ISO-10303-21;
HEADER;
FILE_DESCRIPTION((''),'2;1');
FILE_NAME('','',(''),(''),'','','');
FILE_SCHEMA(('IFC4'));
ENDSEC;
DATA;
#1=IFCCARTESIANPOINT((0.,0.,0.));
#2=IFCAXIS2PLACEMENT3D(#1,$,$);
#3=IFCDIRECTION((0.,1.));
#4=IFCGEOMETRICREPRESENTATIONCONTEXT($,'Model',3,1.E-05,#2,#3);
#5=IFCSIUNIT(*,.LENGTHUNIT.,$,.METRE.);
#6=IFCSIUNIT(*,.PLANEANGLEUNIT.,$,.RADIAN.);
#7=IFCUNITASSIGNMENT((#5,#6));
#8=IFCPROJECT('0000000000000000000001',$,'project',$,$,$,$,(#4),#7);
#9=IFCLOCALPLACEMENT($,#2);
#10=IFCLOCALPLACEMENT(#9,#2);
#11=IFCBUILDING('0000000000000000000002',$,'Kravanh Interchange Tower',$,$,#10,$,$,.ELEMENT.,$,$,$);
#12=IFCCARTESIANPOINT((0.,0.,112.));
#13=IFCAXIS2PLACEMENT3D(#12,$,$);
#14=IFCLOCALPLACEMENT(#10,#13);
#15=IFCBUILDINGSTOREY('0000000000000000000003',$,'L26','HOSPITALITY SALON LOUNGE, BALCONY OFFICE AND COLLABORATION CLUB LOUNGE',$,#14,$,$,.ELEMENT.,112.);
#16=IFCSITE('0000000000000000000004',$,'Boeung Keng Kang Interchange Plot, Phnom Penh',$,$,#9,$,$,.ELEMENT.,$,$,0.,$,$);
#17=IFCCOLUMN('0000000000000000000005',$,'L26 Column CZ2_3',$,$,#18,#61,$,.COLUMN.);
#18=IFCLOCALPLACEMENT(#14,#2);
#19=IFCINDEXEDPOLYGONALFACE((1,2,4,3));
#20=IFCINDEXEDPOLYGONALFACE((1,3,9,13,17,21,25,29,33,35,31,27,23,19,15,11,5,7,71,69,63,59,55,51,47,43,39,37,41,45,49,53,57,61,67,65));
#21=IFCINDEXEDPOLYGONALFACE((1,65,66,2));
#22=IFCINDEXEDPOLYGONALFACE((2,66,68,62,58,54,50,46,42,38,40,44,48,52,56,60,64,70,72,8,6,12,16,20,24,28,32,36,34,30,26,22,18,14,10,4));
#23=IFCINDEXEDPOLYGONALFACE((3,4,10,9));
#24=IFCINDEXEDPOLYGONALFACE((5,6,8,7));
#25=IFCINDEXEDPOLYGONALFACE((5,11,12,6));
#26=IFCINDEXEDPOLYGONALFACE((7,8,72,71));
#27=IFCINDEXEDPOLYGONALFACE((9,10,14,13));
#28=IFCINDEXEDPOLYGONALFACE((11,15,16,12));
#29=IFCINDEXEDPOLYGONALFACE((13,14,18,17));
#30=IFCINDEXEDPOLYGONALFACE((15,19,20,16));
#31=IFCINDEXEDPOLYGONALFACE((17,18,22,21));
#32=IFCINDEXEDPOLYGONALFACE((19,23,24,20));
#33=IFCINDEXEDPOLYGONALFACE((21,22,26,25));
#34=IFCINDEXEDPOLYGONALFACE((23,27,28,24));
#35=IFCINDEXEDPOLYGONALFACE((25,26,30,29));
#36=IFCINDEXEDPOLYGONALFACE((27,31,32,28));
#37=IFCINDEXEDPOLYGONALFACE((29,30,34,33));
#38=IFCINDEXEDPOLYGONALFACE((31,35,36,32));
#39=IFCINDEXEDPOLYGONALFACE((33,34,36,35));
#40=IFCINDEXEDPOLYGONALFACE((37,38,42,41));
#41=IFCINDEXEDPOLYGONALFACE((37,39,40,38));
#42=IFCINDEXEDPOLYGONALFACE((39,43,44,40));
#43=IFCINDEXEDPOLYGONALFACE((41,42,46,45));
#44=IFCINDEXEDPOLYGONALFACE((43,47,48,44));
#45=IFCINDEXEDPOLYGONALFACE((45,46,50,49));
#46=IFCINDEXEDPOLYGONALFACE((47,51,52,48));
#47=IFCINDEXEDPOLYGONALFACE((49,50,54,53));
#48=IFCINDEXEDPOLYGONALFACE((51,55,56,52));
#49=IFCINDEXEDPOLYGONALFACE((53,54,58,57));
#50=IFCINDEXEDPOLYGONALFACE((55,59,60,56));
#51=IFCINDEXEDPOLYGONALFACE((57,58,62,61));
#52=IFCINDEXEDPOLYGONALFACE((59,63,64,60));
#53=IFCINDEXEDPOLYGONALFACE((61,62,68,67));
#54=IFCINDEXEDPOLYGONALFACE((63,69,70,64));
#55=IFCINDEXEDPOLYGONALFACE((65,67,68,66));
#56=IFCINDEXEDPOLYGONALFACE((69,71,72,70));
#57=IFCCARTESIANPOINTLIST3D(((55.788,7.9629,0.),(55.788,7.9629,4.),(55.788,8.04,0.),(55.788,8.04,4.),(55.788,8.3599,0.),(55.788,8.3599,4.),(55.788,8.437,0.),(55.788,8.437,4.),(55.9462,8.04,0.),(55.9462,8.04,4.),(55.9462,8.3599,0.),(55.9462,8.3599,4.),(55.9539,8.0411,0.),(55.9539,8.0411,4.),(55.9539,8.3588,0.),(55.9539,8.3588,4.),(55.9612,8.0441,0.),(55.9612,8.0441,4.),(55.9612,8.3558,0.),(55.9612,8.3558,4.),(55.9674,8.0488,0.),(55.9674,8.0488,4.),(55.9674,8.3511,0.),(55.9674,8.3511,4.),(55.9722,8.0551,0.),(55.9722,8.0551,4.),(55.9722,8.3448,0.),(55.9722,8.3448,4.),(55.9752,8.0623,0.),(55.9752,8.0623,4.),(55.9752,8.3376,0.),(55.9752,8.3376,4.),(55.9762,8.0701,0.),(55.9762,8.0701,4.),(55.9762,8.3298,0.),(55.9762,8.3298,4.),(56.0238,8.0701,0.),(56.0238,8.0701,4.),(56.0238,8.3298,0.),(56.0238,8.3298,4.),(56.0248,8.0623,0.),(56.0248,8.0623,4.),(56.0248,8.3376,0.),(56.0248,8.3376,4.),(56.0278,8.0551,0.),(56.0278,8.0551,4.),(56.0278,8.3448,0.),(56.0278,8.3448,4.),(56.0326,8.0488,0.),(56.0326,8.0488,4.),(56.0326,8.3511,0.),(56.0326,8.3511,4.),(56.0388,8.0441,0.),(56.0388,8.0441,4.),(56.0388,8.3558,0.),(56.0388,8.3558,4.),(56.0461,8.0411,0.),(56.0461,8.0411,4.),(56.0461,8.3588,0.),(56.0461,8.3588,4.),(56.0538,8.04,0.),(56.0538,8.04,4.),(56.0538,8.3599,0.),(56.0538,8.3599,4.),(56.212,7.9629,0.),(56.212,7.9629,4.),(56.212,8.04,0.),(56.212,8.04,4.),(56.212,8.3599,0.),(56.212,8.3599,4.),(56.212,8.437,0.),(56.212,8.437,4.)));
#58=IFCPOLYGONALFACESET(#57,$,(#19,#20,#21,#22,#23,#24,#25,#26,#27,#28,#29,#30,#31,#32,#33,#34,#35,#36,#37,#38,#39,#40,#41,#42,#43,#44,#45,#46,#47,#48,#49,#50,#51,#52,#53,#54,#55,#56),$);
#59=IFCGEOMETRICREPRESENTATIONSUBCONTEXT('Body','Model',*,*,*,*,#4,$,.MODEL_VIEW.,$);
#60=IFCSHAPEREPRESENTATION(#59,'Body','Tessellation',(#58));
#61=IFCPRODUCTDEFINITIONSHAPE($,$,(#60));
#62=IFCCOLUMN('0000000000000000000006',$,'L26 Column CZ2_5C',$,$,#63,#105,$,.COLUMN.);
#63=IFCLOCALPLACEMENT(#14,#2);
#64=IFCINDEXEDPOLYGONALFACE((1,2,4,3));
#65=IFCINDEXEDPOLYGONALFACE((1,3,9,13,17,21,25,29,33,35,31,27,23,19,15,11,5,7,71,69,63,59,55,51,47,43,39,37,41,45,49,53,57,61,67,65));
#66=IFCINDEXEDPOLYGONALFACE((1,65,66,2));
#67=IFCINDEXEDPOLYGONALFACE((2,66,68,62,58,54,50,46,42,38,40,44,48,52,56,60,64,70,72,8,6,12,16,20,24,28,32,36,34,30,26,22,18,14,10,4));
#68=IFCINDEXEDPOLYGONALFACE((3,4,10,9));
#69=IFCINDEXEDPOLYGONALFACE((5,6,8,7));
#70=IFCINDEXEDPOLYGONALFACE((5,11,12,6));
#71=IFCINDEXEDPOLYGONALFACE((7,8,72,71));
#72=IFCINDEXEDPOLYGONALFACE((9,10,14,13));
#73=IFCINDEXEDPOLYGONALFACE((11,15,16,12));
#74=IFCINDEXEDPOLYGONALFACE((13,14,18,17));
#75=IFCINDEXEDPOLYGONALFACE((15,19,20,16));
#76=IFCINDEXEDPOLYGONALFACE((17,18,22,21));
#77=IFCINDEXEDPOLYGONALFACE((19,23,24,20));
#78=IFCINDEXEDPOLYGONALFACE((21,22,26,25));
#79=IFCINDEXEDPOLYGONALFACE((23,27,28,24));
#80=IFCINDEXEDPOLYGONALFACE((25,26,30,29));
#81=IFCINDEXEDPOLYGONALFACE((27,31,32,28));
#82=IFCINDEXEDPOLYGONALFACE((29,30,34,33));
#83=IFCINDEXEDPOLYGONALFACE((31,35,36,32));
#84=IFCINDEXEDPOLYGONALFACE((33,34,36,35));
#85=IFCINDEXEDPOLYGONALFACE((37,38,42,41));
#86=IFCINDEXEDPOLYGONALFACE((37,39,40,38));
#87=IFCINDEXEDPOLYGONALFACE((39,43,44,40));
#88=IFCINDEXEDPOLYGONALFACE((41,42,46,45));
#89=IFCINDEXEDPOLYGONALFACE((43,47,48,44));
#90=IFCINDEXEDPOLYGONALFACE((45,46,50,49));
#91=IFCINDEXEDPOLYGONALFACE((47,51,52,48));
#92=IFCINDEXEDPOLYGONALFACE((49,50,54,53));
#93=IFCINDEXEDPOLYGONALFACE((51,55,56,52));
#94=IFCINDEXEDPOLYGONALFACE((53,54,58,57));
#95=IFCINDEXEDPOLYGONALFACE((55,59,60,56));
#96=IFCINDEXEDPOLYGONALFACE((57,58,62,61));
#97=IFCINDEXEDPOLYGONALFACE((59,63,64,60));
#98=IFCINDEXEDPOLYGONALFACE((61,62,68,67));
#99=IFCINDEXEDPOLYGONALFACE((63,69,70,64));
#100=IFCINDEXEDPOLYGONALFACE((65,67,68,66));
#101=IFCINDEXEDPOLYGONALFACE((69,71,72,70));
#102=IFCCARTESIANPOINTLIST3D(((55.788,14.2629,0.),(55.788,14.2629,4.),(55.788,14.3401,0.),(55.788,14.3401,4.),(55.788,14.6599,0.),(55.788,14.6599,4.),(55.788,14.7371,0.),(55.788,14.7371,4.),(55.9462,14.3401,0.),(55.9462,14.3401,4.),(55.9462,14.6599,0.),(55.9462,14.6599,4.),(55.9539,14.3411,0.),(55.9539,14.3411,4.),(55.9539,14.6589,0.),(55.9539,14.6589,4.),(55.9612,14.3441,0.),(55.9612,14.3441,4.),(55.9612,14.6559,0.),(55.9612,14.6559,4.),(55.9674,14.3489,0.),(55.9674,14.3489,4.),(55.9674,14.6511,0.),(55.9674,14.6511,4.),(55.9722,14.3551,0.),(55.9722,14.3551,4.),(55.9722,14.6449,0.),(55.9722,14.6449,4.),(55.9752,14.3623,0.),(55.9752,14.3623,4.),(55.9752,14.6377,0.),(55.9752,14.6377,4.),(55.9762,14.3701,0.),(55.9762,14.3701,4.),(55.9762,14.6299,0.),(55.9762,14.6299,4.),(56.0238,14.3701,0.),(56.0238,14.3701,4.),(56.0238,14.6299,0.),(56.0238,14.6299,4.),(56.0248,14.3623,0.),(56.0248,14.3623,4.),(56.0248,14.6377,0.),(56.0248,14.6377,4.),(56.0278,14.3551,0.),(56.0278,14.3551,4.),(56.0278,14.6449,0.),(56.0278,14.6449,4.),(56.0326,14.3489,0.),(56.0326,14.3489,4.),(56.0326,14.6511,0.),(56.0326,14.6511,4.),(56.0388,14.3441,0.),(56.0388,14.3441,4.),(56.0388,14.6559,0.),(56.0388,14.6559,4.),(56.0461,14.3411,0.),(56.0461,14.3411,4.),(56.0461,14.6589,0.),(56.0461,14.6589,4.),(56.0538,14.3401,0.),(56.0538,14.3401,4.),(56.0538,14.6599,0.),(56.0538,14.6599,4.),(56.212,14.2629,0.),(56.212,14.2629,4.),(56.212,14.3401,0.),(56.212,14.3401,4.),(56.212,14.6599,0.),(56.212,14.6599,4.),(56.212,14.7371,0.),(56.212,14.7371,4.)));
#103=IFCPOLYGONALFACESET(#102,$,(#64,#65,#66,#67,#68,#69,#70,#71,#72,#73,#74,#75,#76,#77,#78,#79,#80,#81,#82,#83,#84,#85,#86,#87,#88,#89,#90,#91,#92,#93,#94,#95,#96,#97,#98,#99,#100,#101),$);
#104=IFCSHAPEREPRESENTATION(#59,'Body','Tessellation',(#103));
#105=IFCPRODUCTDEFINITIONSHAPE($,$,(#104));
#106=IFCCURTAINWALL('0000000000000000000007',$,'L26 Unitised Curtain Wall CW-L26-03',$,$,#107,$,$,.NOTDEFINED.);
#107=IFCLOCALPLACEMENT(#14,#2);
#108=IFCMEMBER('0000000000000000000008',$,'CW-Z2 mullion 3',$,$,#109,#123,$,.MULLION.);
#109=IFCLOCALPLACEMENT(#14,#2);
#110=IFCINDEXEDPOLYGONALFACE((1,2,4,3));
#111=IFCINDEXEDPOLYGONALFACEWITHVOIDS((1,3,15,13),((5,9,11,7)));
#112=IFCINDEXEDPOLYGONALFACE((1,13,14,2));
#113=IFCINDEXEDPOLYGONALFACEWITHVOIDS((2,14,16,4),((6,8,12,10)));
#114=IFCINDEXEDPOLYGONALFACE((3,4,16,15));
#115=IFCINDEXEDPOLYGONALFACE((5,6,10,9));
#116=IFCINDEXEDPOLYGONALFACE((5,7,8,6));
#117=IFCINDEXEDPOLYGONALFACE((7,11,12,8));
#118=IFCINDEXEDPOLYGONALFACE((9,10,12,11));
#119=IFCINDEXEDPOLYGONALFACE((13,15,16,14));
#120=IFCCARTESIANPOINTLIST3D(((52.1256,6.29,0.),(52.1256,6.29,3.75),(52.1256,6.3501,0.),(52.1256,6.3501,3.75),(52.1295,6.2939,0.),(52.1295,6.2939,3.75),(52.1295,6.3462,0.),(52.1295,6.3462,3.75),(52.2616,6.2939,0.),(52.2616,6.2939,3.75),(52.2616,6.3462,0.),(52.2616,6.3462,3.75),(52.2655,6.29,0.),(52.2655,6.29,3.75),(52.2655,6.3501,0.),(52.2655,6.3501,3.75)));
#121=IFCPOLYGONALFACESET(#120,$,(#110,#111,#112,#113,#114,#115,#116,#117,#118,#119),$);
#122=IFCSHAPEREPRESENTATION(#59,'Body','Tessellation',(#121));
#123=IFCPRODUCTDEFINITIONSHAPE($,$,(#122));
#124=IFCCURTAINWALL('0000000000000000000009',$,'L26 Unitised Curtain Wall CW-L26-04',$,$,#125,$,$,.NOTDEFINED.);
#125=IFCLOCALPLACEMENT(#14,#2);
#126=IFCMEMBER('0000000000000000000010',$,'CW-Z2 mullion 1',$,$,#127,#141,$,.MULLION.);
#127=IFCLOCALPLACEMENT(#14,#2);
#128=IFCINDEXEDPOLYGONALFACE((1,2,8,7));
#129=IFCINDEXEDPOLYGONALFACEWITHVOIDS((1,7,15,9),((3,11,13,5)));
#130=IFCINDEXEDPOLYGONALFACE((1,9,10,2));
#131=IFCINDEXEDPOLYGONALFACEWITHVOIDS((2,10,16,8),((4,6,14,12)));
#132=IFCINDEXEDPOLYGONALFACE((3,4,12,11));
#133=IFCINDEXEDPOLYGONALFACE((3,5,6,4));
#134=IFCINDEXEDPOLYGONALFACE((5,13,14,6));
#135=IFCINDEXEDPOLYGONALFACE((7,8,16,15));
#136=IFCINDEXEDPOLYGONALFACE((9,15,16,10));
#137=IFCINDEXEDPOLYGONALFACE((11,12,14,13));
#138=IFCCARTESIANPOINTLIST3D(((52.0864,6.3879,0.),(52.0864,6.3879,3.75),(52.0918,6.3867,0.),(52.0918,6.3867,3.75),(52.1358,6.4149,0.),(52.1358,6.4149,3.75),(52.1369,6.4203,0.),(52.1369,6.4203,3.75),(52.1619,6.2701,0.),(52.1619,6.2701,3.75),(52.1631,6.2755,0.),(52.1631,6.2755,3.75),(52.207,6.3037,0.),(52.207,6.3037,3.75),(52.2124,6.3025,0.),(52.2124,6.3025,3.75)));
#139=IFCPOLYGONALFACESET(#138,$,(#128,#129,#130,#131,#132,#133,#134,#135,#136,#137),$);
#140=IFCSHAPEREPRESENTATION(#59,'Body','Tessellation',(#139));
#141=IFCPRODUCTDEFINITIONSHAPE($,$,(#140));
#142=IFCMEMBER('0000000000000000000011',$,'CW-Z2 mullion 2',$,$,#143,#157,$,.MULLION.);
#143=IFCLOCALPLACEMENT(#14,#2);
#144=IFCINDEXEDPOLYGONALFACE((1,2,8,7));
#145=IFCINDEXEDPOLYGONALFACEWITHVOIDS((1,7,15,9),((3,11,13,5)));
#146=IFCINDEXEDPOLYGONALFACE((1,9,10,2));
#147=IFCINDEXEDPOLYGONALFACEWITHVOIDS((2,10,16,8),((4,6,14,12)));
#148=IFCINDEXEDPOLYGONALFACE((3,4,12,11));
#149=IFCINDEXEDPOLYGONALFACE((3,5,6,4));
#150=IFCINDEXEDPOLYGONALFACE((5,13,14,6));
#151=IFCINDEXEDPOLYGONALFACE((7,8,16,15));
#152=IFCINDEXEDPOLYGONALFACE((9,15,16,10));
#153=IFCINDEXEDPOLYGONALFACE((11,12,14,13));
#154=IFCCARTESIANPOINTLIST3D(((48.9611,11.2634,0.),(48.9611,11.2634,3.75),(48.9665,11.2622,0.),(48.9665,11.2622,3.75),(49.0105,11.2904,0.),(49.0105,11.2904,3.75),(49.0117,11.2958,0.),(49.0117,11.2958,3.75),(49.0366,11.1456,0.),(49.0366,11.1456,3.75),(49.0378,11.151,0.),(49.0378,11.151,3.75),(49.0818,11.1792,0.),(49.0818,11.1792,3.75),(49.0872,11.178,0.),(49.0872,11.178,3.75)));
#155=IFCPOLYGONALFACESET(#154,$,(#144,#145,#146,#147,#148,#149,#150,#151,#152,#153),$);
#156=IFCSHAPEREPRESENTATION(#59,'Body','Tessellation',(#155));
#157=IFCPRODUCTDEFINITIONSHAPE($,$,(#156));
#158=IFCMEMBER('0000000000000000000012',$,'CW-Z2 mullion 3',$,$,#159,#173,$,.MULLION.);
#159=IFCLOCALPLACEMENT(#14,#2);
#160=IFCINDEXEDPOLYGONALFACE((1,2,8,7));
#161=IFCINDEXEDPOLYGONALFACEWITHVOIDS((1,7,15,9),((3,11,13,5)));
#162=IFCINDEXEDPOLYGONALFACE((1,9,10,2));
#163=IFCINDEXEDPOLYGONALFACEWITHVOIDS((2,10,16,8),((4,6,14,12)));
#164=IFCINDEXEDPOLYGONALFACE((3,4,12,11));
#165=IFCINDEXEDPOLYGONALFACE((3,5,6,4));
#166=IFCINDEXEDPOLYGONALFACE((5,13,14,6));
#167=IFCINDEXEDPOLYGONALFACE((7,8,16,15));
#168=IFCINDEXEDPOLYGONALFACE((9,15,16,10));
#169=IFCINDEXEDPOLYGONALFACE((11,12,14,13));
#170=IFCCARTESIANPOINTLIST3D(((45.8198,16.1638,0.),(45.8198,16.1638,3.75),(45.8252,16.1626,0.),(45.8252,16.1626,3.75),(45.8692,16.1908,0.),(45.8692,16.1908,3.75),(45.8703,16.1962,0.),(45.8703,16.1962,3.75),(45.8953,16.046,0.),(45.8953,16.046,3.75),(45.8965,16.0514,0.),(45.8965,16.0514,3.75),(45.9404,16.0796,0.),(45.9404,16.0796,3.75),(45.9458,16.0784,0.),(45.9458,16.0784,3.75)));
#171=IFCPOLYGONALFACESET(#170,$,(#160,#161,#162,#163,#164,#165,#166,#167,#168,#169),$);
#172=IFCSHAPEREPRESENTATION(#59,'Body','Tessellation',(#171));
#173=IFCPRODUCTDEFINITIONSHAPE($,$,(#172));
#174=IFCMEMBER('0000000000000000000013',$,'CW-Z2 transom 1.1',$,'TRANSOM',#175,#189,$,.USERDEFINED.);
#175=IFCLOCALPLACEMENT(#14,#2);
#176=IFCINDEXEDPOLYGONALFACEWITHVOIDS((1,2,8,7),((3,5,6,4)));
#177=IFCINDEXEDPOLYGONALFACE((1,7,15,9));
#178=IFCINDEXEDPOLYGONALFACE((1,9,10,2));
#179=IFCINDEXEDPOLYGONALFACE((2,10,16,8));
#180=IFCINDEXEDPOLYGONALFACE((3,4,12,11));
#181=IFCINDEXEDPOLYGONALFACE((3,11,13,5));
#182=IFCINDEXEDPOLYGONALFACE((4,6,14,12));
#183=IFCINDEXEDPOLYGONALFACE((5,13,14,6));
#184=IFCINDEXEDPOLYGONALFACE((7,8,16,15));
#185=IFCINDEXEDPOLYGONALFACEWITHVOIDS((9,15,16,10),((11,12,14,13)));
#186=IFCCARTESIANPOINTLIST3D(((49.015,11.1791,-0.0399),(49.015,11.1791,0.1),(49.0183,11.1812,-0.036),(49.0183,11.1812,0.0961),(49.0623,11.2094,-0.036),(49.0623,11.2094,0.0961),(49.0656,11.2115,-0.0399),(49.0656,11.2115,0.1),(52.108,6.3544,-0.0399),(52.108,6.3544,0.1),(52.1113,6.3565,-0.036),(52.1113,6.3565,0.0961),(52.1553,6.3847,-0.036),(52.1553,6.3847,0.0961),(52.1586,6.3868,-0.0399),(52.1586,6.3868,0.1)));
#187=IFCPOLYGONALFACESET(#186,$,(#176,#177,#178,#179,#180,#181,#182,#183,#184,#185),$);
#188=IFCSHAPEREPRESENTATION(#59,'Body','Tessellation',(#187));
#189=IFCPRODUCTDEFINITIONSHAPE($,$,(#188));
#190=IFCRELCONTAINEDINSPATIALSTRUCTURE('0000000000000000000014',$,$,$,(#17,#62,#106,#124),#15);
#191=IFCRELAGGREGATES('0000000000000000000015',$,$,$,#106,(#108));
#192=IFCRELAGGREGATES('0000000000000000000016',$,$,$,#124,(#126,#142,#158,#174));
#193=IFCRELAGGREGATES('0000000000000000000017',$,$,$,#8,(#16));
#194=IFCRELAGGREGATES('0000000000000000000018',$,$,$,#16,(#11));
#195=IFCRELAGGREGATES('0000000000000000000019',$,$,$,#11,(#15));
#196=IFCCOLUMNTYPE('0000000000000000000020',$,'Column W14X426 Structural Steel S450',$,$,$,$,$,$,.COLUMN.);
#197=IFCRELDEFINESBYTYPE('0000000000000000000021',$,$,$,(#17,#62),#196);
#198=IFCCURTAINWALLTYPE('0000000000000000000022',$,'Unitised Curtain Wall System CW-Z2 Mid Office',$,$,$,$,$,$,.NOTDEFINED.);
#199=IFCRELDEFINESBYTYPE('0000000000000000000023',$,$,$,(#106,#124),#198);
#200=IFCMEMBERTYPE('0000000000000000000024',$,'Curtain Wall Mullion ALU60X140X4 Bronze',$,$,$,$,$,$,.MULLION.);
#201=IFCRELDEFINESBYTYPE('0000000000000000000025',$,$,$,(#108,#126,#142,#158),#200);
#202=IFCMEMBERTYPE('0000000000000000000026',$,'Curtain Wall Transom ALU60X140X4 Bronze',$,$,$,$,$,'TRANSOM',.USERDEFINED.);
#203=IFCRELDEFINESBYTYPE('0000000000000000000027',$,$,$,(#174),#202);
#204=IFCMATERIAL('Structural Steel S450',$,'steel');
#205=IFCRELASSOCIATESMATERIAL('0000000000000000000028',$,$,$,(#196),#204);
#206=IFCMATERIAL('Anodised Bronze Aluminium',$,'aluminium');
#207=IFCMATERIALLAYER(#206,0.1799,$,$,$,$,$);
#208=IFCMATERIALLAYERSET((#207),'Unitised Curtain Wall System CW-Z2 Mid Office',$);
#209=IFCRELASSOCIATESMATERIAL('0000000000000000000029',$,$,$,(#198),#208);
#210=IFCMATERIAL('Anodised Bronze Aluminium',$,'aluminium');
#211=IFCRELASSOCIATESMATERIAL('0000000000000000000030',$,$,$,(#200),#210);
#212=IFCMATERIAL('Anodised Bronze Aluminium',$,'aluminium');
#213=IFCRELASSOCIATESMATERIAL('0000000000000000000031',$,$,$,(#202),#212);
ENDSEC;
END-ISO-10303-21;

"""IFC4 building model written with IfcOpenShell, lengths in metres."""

from ifc_helpers import new_model, si_unit, direction, frame, origin, origin_2d, place, context, subcontext, project, spatial, hollow_rectangle, i_section, extrude, material, layer, layer_set, material_profile, profile_set, type_object, element, aggregate, save


model = new_model("IFC4")

# Units and contexts
model_context = context("Model", 3, precision=1e-05, world=origin(), true_north=direction((0.0, 1.0)))
body_context = subcontext(model_context, "Body", "Model", "MODEL_VIEW")
ifc_project = project(units=[si_unit("LENGTHUNIT", "METRE"), si_unit("PLANEANGLEUNIT", "RADIAN")], contexts=[model_context])

# Site, building, storey
site_placement = place(None, origin())
site = spatial("IfcSite", under=ifc_project, at=site_placement, Name="Boeung Keng Kang Interchange Plot, Phnom Penh", CompositionType="ELEMENT", RefElevation=0.0)
building_placement = place(site_placement, origin())
building = spatial("IfcBuilding", under=site, at=building_placement, Name="Kravanh Interchange Tower", CompositionType="ELEMENT")
storey_placement = place(building_placement, frame((0.0, 0.0, 112.0)))
storey = spatial("IfcBuildingStorey", under=building, at=storey_placement, Name="L26", Description="HOSPITALITY SALON LOUNGE, BALCONY OFFICE AND COLLABORATION CLUB LOUNGE", CompositionType="ELEMENT", Elevation=112.0)

# Columns
ifc_material_1 = material(Name="Structural Steel S450", Category="steel")
ifc_material_profile_1 = material_profile(ifc_material_1, i_section(OverallWidth=0.4241, OverallDepth=0.4741, WebThickness=0.0476, FlangeThickness=0.0771, FilletRadius=0.03, at=origin_2d()), Name="W14X426")
ifc_profile_set_1 = profile_set([ifc_material_profile_1], Name="Structural Steel S450")
column_type = type_object("IfcColumnType", Name="Column W14X426 Structural Steel S450", PredefinedType="COLUMN", material=ifc_profile_set_1)
for number, where, z_axis, x_axis, name in (
    (1, (56.0, 8.2, 0.0), (0.0, 0.0, 1.0), (1.0, 0.0, 0.0), "L26 Column CZ2_3"),
    (2, (56.0, 14.5, 0.0), (0.0, 0.0, 1.0), (1.0, 0.0, 0.0), "L26 Column CZ2_5C"),
):
    element("IfcColumn", number, at=place(storey_placement, frame(where, z_axis=z_axis, x_axis=x_axis)), inside=storey, type_object=column_type, Name=name, PredefinedType="COLUMN", context=body_context, shape_type="SweptSolid", body=[
        extrude(i_section(OverallWidth=0.4241, OverallDepth=0.4741, WebThickness=0.0476, FlangeThickness=0.0771, FilletRadius=0.03, at=origin_2d()), origin(), (0.0, 0.0, 1.0), 4.0),
    ])

# Curtain wall, member
ifc_material_2 = material(Name="Anodised Bronze Aluminium", Category="aluminium")
ifc_layer_1 = layer(ifc_material_2, 0.1799)
ifc_layer_set_1 = layer_set([ifc_layer_1], Name="Unitised Curtain Wall System CW-Z2 Mid Office")
curtain_wall_type = type_object("IfcCurtainWallType", Name="Unitised Curtain Wall System CW-Z2 Mid Office", PredefinedType="NOTDEFINED", material=ifc_layer_set_1)
curtain_wall_1_placement = place(storey_placement, origin())
curtain_wall_1 = element("IfcCurtainWall", 3, at=curtain_wall_1_placement, inside=storey, type_object=curtain_wall_type, Name="L26 Unitised Curtain Wall CW-L26-03", PredefinedType="NOTDEFINED")
ifc_material_3 = material(Name="Anodised Bronze Aluminium", Category="aluminium")
ifc_material_profile_2 = material_profile(ifc_material_3, hollow_rectangle(XDim=0.0601, YDim=0.1399, WallThickness=0.0039, at=origin_2d()), Name="ALU60X140X4")
ifc_profile_set_2 = profile_set([ifc_material_profile_2], Name="Anodised Bronze Aluminium")
member_type_1 = type_object("IfcMemberType", Name="Curtain Wall Mullion ALU60X140X4 Bronze", PredefinedType="MULLION", material=ifc_profile_set_2)
member_1_placement = place(storey_placement, frame((52.1956, 6.3201, 0.0), z_axis=(0.0, 0.0, 1.0), x_axis=(0.0, -1.0, 0.0)))
member_1 = element("IfcMember", 4, at=member_1_placement, type_object=member_type_1, Name="CW-Z2 mullion 3", PredefinedType="MULLION", context=body_context, shape_type="SweptSolid", body=[
    extrude(hollow_rectangle(XDim=0.0601, YDim=0.1399, WallThickness=0.0039, at=origin_2d()), origin(), (0.0, 0.0, 1.0), 3.75),
])

# Curtain wall, members
curtain_wall_2_placement = place(storey_placement, origin())
curtain_wall_2 = element("IfcCurtainWall", 5, at=curtain_wall_2_placement, inside=storey, type_object=curtain_wall_type, Name="L26 Unitised Curtain Wall CW-L26-04", PredefinedType="NOTDEFINED")
member_2_placement = place(storey_placement, frame((52.1494, 6.3452, 0.0), z_axis=(0.0, 0.0, 1.0), x_axis=(-0.84188, -0.539665, 0.0)))
member_2 = element("IfcMember", 6, at=member_2_placement, type_object=member_type_1, Name="CW-Z2 mullion 1", PredefinedType="MULLION", context=body_context, shape_type="SweptSolid", body=[
    extrude(hollow_rectangle(XDim=0.0601, YDim=0.1399, WallThickness=0.0039, at=origin_2d()), origin(), (0.0, 0.0, 1.0), 3.75),
])
member_3_placement = place(storey_placement, frame((49.0242, 11.2207, 0.0), z_axis=(0.0, 0.0, 1.0), x_axis=(-0.84188, -0.539665, 0.0)))
member_3 = element("IfcMember", 7, at=member_3_placement, type_object=member_type_1, Name="CW-Z2 mullion 2", PredefinedType="MULLION", context=body_context, shape_type="SweptSolid", body=[
    extrude(hollow_rectangle(XDim=0.0601, YDim=0.1399, WallThickness=0.0039, at=origin_2d()), origin(), (0.0, 0.0, 1.0), 3.75),
])
member_4_placement = place(storey_placement, frame((45.8828, 16.1211, 0.0), z_axis=(0.0, 0.0, 1.0), x_axis=(-0.84188, -0.539665, 0.0)))
member_4 = element("IfcMember", 8, at=member_4_placement, type_object=member_type_1, Name="CW-Z2 mullion 3", PredefinedType="MULLION", context=body_context, shape_type="SweptSolid", body=[
    extrude(hollow_rectangle(XDim=0.0601, YDim=0.1399, WallThickness=0.0039, at=origin_2d()), origin(), (0.0, 0.0, 1.0), 3.75),
])
ifc_material_4 = material(Name="Anodised Bronze Aluminium", Category="aluminium")
ifc_material_profile_3 = material_profile(ifc_material_4, hollow_rectangle(XDim=0.0601, YDim=0.1399, WallThickness=0.0039, at=origin_2d()), Name="ALU60X140X4")
ifc_profile_set_3 = profile_set([ifc_material_profile_3], Name="Anodised Bronze Aluminium")
member_type_2 = type_object("IfcMemberType", Name="Curtain Wall Transom ALU60X140X4 Bronze", ElementType="TRANSOM", PredefinedType="USERDEFINED", material=ifc_profile_set_3)
member_5_placement = place(storey_placement, frame((52.1333, 6.3706, 0.03), z_axis=(-0.539698, 0.841859, 0.0), x_axis=(-0.841859, -0.539698, 0.0)))
member_5 = element("IfcMember", 9, at=member_5_placement, type_object=member_type_2, Name="CW-Z2 transom 1.1", ObjectType="TRANSOM", PredefinedType="USERDEFINED", context=body_context, shape_type="SweptSolid", body=[
    extrude(hollow_rectangle(XDim=0.0601, YDim=0.1399, WallThickness=0.0039, at=origin_2d()), origin(), (0.0, 0.0, 1.0), 5.731),
])

aggregate(curtain_wall_1, [member_1])
aggregate(curtain_wall_2, [member_2, member_3, member_4, member_5])

save(model, "model.ifc")
